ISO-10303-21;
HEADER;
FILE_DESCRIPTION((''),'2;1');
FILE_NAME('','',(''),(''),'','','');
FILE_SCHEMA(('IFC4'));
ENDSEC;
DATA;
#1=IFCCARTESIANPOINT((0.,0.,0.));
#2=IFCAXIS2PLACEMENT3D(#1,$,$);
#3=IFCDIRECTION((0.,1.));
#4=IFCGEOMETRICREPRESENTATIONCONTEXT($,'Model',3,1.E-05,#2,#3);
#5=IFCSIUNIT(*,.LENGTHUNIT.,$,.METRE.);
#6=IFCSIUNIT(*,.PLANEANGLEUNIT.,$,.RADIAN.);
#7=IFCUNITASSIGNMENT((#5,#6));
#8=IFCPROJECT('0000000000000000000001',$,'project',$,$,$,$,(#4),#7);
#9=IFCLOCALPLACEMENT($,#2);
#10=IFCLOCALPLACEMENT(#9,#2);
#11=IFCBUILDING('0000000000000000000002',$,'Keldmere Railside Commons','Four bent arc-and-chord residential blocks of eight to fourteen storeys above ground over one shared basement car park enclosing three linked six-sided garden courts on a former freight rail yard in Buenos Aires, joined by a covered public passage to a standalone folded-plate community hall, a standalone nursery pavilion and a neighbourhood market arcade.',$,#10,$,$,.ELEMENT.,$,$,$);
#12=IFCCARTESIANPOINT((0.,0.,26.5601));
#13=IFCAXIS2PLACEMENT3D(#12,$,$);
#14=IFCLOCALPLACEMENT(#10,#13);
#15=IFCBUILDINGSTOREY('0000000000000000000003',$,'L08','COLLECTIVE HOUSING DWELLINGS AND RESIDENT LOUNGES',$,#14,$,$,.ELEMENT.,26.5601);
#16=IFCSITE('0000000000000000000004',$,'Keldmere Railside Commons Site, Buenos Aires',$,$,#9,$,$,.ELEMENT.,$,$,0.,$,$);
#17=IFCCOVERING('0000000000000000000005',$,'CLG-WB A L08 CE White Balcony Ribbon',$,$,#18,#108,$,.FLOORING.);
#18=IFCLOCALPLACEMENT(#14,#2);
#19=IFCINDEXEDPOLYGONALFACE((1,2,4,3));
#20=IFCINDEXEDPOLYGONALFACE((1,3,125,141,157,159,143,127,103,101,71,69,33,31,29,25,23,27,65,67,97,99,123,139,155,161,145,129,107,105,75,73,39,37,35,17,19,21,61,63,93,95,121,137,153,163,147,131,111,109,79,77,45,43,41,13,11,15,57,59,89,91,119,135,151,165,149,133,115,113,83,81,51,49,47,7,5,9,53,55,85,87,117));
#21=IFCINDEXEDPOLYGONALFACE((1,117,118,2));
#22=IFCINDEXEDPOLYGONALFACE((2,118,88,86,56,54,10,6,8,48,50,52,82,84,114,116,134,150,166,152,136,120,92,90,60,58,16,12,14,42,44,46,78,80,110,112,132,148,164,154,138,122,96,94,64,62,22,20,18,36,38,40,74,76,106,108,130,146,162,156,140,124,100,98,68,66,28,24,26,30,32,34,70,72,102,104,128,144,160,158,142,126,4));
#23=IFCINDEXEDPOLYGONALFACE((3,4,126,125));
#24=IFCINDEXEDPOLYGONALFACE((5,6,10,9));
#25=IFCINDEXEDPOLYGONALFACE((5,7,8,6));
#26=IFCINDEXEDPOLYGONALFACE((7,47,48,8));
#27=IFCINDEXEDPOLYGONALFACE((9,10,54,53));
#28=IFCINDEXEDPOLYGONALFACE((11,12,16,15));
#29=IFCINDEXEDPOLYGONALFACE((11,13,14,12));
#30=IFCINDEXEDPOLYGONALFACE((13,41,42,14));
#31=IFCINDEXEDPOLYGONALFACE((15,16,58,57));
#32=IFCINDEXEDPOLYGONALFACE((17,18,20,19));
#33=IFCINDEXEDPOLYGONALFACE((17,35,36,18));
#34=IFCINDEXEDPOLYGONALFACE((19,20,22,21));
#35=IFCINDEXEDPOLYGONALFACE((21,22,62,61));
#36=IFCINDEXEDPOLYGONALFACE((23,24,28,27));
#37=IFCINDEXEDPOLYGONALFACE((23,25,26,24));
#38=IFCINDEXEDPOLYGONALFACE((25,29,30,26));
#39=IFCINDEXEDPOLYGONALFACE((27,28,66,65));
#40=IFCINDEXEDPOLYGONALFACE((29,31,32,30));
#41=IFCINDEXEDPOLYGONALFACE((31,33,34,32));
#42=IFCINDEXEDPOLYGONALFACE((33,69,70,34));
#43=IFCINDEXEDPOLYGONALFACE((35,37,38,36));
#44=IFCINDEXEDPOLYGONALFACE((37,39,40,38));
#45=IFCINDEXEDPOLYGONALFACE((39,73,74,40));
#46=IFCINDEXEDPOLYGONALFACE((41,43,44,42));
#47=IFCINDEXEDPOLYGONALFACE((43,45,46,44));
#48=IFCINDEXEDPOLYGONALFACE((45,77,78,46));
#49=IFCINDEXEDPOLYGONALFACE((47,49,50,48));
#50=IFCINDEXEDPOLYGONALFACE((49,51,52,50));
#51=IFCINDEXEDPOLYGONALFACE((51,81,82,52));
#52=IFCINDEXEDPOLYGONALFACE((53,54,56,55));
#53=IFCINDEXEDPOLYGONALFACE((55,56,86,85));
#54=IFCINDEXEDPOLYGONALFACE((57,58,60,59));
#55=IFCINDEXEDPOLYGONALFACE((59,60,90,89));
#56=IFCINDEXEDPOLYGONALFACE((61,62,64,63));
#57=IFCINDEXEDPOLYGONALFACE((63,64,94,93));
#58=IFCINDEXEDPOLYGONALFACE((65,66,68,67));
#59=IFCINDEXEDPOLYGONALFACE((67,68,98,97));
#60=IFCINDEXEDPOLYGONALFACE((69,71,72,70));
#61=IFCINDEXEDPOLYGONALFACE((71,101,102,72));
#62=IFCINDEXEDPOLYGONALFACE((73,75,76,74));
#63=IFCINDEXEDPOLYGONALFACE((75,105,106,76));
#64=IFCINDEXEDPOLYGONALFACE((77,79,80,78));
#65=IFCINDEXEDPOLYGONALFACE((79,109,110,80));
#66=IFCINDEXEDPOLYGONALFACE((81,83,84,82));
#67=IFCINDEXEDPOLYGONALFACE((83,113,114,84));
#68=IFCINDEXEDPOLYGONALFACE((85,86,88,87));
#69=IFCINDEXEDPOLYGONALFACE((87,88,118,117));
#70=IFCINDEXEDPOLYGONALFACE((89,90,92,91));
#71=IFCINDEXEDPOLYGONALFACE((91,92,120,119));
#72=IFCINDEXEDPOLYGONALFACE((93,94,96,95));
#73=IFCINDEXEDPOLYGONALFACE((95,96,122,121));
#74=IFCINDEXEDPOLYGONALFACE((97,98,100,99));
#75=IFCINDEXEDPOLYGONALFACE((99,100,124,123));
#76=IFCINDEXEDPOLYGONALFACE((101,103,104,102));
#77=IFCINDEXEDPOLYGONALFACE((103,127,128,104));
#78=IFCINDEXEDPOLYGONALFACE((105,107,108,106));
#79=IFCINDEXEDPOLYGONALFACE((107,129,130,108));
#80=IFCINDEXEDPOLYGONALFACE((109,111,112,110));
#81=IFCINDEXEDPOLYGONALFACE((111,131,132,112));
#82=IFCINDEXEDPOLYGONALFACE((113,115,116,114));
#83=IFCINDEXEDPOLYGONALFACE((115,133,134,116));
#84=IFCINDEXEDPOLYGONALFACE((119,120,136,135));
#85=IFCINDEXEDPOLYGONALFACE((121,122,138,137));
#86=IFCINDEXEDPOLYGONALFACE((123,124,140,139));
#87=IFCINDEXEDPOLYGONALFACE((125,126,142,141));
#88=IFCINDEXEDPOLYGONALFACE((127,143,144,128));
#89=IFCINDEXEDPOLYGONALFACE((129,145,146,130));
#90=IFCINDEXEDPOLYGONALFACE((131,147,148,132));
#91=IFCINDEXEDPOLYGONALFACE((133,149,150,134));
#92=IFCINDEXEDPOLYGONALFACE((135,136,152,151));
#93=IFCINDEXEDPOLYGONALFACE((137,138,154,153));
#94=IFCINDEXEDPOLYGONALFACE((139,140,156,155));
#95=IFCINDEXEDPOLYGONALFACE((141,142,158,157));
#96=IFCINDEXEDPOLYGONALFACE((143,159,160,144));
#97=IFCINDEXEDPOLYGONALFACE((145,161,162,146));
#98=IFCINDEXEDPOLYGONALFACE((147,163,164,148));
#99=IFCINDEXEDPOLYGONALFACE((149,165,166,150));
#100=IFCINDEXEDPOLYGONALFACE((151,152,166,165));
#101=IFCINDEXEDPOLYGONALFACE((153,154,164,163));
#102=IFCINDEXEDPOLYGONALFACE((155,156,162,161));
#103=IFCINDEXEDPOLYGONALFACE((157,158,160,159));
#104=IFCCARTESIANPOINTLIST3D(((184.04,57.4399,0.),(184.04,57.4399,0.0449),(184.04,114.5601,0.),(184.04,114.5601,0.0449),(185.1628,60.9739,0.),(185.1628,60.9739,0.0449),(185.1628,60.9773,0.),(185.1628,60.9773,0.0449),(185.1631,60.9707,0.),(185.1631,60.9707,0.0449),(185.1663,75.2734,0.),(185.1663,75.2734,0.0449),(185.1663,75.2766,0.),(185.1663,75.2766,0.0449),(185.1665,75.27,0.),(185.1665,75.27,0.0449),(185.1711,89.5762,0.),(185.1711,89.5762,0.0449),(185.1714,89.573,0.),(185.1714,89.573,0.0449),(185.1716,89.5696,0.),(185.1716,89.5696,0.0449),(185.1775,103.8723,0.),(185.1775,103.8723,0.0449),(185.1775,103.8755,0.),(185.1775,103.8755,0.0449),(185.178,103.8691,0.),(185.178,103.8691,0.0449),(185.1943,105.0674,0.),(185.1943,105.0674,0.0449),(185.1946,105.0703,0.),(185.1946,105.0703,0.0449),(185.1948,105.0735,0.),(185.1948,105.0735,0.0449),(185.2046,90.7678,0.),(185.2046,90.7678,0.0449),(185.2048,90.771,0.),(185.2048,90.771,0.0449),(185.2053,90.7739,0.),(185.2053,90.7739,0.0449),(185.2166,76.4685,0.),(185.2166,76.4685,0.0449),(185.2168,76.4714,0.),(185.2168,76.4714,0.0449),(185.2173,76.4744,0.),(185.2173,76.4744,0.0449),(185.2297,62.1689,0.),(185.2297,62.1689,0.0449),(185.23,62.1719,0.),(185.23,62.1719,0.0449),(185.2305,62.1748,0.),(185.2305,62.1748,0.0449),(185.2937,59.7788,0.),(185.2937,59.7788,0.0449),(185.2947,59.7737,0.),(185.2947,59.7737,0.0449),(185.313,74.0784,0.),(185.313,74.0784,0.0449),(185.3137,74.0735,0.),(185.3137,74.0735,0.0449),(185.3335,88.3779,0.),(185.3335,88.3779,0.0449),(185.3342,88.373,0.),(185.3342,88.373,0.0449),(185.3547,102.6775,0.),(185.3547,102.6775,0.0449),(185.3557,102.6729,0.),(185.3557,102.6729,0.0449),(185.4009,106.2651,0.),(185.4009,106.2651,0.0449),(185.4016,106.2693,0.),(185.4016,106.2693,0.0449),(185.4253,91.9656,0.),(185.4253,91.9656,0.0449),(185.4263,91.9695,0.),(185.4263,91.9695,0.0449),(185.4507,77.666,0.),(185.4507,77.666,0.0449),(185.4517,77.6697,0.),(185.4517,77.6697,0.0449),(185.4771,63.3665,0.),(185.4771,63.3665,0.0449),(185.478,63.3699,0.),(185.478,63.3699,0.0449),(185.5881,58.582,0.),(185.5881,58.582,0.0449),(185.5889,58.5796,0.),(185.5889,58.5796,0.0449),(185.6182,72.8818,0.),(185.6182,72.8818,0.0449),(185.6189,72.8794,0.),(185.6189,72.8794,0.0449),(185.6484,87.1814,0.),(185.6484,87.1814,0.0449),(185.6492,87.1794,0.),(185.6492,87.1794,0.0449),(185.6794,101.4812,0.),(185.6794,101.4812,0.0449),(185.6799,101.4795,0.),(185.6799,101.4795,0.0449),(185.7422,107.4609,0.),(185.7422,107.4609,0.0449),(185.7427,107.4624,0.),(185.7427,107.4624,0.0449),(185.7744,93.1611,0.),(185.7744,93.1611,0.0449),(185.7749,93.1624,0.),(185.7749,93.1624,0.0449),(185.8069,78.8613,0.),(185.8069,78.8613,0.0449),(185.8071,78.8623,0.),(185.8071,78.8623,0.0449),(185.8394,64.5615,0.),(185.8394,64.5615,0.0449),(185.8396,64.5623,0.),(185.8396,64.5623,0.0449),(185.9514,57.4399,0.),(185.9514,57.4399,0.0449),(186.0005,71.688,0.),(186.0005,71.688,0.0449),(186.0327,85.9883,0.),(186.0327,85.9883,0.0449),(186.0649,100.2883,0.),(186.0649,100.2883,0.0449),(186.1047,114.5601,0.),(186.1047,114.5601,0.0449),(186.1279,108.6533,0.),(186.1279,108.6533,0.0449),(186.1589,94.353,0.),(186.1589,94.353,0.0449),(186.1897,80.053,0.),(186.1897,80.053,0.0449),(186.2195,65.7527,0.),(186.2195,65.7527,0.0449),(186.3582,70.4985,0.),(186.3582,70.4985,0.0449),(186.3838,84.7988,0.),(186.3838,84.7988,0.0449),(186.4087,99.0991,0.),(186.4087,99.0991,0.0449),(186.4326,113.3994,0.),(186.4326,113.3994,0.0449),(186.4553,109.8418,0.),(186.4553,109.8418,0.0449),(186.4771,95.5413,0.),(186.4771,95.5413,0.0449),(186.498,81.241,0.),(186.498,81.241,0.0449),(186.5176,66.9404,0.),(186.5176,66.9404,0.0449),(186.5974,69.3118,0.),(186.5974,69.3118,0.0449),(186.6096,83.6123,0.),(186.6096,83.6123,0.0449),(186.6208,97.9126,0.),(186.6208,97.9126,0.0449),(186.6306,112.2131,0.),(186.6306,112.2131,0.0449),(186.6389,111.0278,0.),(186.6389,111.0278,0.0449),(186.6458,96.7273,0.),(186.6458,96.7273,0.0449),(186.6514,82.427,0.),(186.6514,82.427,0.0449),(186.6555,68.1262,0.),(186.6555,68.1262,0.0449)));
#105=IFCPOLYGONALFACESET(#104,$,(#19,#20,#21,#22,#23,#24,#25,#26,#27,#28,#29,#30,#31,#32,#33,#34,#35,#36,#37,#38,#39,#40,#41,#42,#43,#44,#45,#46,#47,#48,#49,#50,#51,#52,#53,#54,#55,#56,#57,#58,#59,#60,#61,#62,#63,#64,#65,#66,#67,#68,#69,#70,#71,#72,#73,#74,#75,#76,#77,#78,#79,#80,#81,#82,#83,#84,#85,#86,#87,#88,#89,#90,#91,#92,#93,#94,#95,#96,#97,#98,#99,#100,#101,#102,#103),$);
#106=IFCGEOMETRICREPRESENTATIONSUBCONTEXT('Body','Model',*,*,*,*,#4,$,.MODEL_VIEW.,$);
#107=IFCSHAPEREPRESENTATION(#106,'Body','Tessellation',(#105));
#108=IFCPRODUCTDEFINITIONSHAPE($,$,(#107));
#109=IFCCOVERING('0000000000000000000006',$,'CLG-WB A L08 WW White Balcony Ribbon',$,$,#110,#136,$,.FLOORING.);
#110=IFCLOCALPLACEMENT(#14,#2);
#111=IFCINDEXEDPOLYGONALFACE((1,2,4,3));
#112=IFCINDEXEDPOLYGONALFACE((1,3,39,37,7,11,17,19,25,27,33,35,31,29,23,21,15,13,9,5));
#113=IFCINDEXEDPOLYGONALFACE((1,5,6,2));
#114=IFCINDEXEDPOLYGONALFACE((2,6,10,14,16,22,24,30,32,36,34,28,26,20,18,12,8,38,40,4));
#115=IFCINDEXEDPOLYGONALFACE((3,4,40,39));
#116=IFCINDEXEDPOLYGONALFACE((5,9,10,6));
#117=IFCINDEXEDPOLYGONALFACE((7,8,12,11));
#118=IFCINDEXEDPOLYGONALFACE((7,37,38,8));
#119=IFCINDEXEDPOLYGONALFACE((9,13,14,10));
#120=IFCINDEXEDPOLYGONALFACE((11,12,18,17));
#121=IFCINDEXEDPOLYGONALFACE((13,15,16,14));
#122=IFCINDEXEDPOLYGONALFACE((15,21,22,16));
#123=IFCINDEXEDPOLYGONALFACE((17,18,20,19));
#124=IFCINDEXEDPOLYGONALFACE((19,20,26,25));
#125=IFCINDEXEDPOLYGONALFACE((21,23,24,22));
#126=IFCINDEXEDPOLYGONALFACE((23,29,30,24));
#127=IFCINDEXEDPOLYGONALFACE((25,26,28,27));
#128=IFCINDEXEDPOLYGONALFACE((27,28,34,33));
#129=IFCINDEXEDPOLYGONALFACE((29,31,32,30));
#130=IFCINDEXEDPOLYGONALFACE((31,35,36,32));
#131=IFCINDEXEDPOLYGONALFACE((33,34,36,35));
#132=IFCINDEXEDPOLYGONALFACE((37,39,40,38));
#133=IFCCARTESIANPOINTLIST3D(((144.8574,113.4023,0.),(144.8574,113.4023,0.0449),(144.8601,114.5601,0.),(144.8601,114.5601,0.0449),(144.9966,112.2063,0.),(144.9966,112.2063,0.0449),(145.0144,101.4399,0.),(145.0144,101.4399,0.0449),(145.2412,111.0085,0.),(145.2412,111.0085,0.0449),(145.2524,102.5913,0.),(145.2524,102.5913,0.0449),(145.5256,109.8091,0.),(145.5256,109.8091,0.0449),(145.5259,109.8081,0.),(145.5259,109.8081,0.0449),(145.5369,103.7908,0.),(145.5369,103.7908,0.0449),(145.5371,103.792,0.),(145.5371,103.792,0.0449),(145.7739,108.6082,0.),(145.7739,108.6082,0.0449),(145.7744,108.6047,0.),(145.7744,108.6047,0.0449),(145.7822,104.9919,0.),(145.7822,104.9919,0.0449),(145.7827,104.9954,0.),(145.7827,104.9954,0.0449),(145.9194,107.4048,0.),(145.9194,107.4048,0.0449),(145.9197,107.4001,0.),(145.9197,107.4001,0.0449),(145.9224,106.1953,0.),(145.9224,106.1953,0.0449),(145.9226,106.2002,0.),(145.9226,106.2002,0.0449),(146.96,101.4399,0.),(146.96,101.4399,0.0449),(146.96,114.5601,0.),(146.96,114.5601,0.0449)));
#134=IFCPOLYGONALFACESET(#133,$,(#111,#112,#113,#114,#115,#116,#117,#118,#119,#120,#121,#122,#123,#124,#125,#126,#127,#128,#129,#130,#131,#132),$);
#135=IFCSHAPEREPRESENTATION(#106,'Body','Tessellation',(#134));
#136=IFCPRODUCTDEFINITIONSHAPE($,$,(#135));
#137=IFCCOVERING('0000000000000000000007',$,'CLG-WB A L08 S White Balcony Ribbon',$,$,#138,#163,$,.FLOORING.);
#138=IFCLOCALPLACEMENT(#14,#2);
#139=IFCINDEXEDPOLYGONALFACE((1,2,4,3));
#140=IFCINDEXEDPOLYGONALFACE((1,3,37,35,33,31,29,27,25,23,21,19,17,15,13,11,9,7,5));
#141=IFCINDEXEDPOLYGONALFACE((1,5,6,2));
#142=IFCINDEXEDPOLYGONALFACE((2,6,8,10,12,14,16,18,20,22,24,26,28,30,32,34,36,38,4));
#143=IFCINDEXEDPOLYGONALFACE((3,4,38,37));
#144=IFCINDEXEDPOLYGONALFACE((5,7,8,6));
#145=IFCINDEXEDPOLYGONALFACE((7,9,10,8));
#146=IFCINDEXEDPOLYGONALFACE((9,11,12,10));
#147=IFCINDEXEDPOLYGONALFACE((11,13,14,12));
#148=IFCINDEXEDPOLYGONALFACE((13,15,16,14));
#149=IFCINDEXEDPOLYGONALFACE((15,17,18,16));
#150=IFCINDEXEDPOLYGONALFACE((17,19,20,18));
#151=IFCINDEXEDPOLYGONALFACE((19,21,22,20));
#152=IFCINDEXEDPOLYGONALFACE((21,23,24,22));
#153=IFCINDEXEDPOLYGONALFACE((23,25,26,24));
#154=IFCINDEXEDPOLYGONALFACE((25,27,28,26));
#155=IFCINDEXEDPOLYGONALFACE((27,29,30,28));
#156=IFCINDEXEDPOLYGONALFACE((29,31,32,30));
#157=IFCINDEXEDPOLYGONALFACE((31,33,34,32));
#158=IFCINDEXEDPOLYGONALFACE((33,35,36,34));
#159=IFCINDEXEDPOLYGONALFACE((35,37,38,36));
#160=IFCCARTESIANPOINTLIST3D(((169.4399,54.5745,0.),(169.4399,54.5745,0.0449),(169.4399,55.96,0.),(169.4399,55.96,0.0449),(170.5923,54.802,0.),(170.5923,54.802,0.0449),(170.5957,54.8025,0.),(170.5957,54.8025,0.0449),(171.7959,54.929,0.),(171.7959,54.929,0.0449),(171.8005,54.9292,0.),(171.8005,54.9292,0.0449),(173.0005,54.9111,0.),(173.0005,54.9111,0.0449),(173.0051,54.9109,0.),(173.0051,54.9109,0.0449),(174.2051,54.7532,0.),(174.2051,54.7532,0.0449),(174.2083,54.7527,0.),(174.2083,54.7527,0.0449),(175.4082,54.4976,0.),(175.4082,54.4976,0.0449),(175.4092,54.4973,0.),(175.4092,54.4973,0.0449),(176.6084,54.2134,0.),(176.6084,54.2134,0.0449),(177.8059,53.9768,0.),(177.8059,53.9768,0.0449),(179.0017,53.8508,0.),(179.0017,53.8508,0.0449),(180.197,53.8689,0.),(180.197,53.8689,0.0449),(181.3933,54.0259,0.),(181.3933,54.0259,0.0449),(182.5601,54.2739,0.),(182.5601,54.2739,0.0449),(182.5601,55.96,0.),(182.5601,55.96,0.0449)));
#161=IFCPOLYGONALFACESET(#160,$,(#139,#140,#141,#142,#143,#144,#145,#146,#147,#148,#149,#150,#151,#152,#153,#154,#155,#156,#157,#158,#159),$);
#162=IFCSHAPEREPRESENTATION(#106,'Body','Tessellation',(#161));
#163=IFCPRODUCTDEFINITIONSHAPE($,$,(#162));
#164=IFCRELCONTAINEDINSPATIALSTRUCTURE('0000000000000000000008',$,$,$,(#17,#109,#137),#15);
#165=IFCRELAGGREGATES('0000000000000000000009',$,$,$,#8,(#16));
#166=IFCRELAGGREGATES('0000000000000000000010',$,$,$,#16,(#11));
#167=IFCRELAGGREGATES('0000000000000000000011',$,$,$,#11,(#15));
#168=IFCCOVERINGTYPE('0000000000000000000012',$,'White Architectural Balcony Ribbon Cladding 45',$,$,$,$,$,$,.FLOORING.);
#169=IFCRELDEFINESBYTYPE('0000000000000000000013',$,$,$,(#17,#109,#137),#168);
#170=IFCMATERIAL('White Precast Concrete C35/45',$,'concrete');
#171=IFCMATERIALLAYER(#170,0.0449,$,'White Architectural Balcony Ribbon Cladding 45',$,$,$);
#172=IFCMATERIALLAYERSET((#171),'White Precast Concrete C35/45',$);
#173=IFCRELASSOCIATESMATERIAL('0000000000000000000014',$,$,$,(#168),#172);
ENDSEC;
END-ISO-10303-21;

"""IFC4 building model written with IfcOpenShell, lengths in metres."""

from ifc_helpers import new_model, si_unit, direction, frame, origin, place, context, subcontext, project, spatial, polyline, outline, extrude, material, layer, layer_set, type_object, element, save


model = new_model("IFC4")

# Units and contexts
model_context = context("Model", 3, precision=1e-05, world=origin(), true_north=direction((0.0, 1.0)))
body_context = subcontext(model_context, "Body", "Model", "MODEL_VIEW")
ifc_project = project(units=[si_unit("LENGTHUNIT", "METRE"), si_unit("PLANEANGLEUNIT", "RADIAN")], contexts=[model_context])

# Site, building, storey
site_placement = place(None, origin())
site = spatial("IfcSite", under=ifc_project, at=site_placement, Name="Keldmere Railside Commons Site, Buenos Aires", CompositionType="ELEMENT", RefElevation=0.0)
building_placement = place(site_placement, origin())
building = spatial("IfcBuilding", under=site, at=building_placement, Name="Keldmere Railside Commons", Description="Four bent arc-and-chord residential blocks of eight to fourteen storeys above ground over one shared basement car park enclosing three linked six-sided garden courts on a former freight rail yard in Buenos Aires, joined by a covered public passage to a standalone folded-plate community hall, a standalone nursery pavilion and a neighbourhood market arcade.", CompositionType="ELEMENT")
storey_placement = place(building_placement, frame((0.0, 0.0, 26.5601)))
storey = spatial("IfcBuildingStorey", under=building, at=storey_placement, Name="L08", Description="COLLECTIVE HOUSING DWELLINGS AND RESIDENT LOUNGES", CompositionType="ELEMENT", Elevation=26.5601)

# Coverings
ifc_material_1 = material(Name="White Precast Concrete C35/45", Category="concrete")
ifc_layer_1 = layer(ifc_material_1, 0.0449, Name="White Architectural Balcony Ribbon Cladding 45")
ifc_layer_set_1 = layer_set([ifc_layer_1], Name="White Precast Concrete C35/45")
covering_type_1 = type_object("IfcCoveringType", Name="White Architectural Balcony Ribbon Cladding 45", PredefinedType="FLOORING", material=ifc_layer_set_1)
covering_1_placement = place(storey_placement, origin())
element("IfcCovering", 1, at=covering_1_placement, inside=storey, type_object=covering_type_1, Name="CLG-WB A L08 CE White Balcony Ribbon", PredefinedType="FLOORING", context=body_context, shape_type="SweptSolid", body=[
    extrude(outline(polyline([(185.5889, 58.5796), (185.5881, 58.582), (185.2947, 59.7737), (185.2937, 59.7788), (185.1631, 60.9707), (185.1628, 60.9739), (185.1628, 60.9773), (185.2297, 62.1689), (185.23, 62.1719), (185.2305, 62.1748), (185.4771, 63.3665), (185.478, 63.3699), (185.8394, 64.5615), (185.8396, 64.5623), (186.2195, 65.7527), (186.5176, 66.9404), (186.6555, 68.1262), (186.5974, 69.3118), (186.3582, 70.4985), (186.0005, 71.688), (185.6189, 72.8794), (185.6182, 72.8818), (185.3137, 74.0735), (185.313, 74.0784), (185.1665, 75.27), (185.1663, 75.2734), (185.1663, 75.2766), (185.2166, 76.4685), (185.2168, 76.4714), (185.2173, 76.4744), (185.4507, 77.666), (185.4517, 77.6697), (185.8069, 78.8613), (185.8071, 78.8623), (186.1897, 80.053), (186.498, 81.241), (186.6514, 82.427), (186.6096, 83.6123), (186.3838, 84.7988), (186.0327, 85.9883), (185.6492, 87.1794), (185.6484, 87.1814), (185.3342, 88.373), (185.3335, 88.3779), (185.1716, 89.5696), (185.1714, 89.573), (185.1711, 89.5762), (185.2046, 90.7678), (185.2048, 90.771), (185.2053, 90.7739), (185.4253, 91.9656), (185.4263, 91.9695), (185.7744, 93.1611), (185.7749, 93.1624), (186.1589, 94.353), (186.4771, 95.5413), (186.6458, 96.7273), (186.6208, 97.9126), (186.4087, 99.0991), (186.0649, 100.2883), (185.6799, 101.4795), (185.6794, 101.4812), (185.3557, 102.6729), (185.3547, 102.6775), (185.178, 103.8691), (185.1775, 103.8723), (185.1775, 103.8755), (185.1943, 105.0674), (185.1946, 105.0703), (185.1948, 105.0735), (185.4009, 106.2651), (185.4016, 106.2693), (185.7422, 107.4609), (185.7427, 107.4624), (186.1279, 108.6533), (186.4553, 109.8418), (186.6389, 111.0278), (186.6306, 112.2131), (186.4326, 113.3994), (186.1047, 114.5601), (184.04, 114.5601), (184.04, 57.4399), (185.9514, 57.4399), (185.5889, 58.5796)])), origin(), (0.0, 0.0, 1.0), 0.0449),
])
covering_2_placement = place(storey_placement, origin())
element("IfcCovering", 2, at=covering_2_placement, inside=storey, type_object=covering_type_1, Name="CLG-WB A L08 WW White Balcony Ribbon", PredefinedType="FLOORING", context=body_context, shape_type="SweptSolid", body=[
    extrude(outline(polyline([(146.96, 114.5601), (144.8601, 114.5601), (144.8574, 113.4023), (144.9966, 112.2063), (145.2412, 111.0085), (145.5256, 109.8091), (145.5259, 109.8081), (145.7739, 108.6082), (145.7744, 108.6047), (145.9194, 107.4048), (145.9197, 107.4001), (145.9226, 106.2002), (145.9224, 106.1953), (145.7827, 104.9954), (145.7822, 104.9919), (145.5371, 103.792), (145.5369, 103.7908), (145.2524, 102.5913), (145.0144, 101.4399), (146.96, 101.4399), (146.96, 114.5601)])), origin(), (0.0, 0.0, 1.0), 0.0449),
])
covering_3_placement = place(storey_placement, origin())
element("IfcCovering", 3, at=covering_3_placement, inside=storey, type_object=covering_type_1, Name="CLG-WB A L08 S White Balcony Ribbon", PredefinedType="FLOORING", context=body_context, shape_type="SweptSolid", body=[
    extrude(outline(polyline([(170.5923, 54.802), (170.5957, 54.8025), (171.7959, 54.929), (171.8005, 54.9292), (173.0005, 54.9111), (173.0051, 54.9109), (174.2051, 54.7532), (174.2083, 54.7527), (175.4082, 54.4976), (175.4092, 54.4973), (176.6084, 54.2134), (177.8059, 53.9768), (179.0017, 53.8508), (180.197, 53.8689), (181.3933, 54.0259), (182.5601, 54.2739), (182.5601, 55.96), (169.4399, 55.96), (169.4399, 54.5745), (170.5923, 54.802)])), origin(), (0.0, 0.0, 1.0), 0.0449),
])

save(model, "model.ifc")
